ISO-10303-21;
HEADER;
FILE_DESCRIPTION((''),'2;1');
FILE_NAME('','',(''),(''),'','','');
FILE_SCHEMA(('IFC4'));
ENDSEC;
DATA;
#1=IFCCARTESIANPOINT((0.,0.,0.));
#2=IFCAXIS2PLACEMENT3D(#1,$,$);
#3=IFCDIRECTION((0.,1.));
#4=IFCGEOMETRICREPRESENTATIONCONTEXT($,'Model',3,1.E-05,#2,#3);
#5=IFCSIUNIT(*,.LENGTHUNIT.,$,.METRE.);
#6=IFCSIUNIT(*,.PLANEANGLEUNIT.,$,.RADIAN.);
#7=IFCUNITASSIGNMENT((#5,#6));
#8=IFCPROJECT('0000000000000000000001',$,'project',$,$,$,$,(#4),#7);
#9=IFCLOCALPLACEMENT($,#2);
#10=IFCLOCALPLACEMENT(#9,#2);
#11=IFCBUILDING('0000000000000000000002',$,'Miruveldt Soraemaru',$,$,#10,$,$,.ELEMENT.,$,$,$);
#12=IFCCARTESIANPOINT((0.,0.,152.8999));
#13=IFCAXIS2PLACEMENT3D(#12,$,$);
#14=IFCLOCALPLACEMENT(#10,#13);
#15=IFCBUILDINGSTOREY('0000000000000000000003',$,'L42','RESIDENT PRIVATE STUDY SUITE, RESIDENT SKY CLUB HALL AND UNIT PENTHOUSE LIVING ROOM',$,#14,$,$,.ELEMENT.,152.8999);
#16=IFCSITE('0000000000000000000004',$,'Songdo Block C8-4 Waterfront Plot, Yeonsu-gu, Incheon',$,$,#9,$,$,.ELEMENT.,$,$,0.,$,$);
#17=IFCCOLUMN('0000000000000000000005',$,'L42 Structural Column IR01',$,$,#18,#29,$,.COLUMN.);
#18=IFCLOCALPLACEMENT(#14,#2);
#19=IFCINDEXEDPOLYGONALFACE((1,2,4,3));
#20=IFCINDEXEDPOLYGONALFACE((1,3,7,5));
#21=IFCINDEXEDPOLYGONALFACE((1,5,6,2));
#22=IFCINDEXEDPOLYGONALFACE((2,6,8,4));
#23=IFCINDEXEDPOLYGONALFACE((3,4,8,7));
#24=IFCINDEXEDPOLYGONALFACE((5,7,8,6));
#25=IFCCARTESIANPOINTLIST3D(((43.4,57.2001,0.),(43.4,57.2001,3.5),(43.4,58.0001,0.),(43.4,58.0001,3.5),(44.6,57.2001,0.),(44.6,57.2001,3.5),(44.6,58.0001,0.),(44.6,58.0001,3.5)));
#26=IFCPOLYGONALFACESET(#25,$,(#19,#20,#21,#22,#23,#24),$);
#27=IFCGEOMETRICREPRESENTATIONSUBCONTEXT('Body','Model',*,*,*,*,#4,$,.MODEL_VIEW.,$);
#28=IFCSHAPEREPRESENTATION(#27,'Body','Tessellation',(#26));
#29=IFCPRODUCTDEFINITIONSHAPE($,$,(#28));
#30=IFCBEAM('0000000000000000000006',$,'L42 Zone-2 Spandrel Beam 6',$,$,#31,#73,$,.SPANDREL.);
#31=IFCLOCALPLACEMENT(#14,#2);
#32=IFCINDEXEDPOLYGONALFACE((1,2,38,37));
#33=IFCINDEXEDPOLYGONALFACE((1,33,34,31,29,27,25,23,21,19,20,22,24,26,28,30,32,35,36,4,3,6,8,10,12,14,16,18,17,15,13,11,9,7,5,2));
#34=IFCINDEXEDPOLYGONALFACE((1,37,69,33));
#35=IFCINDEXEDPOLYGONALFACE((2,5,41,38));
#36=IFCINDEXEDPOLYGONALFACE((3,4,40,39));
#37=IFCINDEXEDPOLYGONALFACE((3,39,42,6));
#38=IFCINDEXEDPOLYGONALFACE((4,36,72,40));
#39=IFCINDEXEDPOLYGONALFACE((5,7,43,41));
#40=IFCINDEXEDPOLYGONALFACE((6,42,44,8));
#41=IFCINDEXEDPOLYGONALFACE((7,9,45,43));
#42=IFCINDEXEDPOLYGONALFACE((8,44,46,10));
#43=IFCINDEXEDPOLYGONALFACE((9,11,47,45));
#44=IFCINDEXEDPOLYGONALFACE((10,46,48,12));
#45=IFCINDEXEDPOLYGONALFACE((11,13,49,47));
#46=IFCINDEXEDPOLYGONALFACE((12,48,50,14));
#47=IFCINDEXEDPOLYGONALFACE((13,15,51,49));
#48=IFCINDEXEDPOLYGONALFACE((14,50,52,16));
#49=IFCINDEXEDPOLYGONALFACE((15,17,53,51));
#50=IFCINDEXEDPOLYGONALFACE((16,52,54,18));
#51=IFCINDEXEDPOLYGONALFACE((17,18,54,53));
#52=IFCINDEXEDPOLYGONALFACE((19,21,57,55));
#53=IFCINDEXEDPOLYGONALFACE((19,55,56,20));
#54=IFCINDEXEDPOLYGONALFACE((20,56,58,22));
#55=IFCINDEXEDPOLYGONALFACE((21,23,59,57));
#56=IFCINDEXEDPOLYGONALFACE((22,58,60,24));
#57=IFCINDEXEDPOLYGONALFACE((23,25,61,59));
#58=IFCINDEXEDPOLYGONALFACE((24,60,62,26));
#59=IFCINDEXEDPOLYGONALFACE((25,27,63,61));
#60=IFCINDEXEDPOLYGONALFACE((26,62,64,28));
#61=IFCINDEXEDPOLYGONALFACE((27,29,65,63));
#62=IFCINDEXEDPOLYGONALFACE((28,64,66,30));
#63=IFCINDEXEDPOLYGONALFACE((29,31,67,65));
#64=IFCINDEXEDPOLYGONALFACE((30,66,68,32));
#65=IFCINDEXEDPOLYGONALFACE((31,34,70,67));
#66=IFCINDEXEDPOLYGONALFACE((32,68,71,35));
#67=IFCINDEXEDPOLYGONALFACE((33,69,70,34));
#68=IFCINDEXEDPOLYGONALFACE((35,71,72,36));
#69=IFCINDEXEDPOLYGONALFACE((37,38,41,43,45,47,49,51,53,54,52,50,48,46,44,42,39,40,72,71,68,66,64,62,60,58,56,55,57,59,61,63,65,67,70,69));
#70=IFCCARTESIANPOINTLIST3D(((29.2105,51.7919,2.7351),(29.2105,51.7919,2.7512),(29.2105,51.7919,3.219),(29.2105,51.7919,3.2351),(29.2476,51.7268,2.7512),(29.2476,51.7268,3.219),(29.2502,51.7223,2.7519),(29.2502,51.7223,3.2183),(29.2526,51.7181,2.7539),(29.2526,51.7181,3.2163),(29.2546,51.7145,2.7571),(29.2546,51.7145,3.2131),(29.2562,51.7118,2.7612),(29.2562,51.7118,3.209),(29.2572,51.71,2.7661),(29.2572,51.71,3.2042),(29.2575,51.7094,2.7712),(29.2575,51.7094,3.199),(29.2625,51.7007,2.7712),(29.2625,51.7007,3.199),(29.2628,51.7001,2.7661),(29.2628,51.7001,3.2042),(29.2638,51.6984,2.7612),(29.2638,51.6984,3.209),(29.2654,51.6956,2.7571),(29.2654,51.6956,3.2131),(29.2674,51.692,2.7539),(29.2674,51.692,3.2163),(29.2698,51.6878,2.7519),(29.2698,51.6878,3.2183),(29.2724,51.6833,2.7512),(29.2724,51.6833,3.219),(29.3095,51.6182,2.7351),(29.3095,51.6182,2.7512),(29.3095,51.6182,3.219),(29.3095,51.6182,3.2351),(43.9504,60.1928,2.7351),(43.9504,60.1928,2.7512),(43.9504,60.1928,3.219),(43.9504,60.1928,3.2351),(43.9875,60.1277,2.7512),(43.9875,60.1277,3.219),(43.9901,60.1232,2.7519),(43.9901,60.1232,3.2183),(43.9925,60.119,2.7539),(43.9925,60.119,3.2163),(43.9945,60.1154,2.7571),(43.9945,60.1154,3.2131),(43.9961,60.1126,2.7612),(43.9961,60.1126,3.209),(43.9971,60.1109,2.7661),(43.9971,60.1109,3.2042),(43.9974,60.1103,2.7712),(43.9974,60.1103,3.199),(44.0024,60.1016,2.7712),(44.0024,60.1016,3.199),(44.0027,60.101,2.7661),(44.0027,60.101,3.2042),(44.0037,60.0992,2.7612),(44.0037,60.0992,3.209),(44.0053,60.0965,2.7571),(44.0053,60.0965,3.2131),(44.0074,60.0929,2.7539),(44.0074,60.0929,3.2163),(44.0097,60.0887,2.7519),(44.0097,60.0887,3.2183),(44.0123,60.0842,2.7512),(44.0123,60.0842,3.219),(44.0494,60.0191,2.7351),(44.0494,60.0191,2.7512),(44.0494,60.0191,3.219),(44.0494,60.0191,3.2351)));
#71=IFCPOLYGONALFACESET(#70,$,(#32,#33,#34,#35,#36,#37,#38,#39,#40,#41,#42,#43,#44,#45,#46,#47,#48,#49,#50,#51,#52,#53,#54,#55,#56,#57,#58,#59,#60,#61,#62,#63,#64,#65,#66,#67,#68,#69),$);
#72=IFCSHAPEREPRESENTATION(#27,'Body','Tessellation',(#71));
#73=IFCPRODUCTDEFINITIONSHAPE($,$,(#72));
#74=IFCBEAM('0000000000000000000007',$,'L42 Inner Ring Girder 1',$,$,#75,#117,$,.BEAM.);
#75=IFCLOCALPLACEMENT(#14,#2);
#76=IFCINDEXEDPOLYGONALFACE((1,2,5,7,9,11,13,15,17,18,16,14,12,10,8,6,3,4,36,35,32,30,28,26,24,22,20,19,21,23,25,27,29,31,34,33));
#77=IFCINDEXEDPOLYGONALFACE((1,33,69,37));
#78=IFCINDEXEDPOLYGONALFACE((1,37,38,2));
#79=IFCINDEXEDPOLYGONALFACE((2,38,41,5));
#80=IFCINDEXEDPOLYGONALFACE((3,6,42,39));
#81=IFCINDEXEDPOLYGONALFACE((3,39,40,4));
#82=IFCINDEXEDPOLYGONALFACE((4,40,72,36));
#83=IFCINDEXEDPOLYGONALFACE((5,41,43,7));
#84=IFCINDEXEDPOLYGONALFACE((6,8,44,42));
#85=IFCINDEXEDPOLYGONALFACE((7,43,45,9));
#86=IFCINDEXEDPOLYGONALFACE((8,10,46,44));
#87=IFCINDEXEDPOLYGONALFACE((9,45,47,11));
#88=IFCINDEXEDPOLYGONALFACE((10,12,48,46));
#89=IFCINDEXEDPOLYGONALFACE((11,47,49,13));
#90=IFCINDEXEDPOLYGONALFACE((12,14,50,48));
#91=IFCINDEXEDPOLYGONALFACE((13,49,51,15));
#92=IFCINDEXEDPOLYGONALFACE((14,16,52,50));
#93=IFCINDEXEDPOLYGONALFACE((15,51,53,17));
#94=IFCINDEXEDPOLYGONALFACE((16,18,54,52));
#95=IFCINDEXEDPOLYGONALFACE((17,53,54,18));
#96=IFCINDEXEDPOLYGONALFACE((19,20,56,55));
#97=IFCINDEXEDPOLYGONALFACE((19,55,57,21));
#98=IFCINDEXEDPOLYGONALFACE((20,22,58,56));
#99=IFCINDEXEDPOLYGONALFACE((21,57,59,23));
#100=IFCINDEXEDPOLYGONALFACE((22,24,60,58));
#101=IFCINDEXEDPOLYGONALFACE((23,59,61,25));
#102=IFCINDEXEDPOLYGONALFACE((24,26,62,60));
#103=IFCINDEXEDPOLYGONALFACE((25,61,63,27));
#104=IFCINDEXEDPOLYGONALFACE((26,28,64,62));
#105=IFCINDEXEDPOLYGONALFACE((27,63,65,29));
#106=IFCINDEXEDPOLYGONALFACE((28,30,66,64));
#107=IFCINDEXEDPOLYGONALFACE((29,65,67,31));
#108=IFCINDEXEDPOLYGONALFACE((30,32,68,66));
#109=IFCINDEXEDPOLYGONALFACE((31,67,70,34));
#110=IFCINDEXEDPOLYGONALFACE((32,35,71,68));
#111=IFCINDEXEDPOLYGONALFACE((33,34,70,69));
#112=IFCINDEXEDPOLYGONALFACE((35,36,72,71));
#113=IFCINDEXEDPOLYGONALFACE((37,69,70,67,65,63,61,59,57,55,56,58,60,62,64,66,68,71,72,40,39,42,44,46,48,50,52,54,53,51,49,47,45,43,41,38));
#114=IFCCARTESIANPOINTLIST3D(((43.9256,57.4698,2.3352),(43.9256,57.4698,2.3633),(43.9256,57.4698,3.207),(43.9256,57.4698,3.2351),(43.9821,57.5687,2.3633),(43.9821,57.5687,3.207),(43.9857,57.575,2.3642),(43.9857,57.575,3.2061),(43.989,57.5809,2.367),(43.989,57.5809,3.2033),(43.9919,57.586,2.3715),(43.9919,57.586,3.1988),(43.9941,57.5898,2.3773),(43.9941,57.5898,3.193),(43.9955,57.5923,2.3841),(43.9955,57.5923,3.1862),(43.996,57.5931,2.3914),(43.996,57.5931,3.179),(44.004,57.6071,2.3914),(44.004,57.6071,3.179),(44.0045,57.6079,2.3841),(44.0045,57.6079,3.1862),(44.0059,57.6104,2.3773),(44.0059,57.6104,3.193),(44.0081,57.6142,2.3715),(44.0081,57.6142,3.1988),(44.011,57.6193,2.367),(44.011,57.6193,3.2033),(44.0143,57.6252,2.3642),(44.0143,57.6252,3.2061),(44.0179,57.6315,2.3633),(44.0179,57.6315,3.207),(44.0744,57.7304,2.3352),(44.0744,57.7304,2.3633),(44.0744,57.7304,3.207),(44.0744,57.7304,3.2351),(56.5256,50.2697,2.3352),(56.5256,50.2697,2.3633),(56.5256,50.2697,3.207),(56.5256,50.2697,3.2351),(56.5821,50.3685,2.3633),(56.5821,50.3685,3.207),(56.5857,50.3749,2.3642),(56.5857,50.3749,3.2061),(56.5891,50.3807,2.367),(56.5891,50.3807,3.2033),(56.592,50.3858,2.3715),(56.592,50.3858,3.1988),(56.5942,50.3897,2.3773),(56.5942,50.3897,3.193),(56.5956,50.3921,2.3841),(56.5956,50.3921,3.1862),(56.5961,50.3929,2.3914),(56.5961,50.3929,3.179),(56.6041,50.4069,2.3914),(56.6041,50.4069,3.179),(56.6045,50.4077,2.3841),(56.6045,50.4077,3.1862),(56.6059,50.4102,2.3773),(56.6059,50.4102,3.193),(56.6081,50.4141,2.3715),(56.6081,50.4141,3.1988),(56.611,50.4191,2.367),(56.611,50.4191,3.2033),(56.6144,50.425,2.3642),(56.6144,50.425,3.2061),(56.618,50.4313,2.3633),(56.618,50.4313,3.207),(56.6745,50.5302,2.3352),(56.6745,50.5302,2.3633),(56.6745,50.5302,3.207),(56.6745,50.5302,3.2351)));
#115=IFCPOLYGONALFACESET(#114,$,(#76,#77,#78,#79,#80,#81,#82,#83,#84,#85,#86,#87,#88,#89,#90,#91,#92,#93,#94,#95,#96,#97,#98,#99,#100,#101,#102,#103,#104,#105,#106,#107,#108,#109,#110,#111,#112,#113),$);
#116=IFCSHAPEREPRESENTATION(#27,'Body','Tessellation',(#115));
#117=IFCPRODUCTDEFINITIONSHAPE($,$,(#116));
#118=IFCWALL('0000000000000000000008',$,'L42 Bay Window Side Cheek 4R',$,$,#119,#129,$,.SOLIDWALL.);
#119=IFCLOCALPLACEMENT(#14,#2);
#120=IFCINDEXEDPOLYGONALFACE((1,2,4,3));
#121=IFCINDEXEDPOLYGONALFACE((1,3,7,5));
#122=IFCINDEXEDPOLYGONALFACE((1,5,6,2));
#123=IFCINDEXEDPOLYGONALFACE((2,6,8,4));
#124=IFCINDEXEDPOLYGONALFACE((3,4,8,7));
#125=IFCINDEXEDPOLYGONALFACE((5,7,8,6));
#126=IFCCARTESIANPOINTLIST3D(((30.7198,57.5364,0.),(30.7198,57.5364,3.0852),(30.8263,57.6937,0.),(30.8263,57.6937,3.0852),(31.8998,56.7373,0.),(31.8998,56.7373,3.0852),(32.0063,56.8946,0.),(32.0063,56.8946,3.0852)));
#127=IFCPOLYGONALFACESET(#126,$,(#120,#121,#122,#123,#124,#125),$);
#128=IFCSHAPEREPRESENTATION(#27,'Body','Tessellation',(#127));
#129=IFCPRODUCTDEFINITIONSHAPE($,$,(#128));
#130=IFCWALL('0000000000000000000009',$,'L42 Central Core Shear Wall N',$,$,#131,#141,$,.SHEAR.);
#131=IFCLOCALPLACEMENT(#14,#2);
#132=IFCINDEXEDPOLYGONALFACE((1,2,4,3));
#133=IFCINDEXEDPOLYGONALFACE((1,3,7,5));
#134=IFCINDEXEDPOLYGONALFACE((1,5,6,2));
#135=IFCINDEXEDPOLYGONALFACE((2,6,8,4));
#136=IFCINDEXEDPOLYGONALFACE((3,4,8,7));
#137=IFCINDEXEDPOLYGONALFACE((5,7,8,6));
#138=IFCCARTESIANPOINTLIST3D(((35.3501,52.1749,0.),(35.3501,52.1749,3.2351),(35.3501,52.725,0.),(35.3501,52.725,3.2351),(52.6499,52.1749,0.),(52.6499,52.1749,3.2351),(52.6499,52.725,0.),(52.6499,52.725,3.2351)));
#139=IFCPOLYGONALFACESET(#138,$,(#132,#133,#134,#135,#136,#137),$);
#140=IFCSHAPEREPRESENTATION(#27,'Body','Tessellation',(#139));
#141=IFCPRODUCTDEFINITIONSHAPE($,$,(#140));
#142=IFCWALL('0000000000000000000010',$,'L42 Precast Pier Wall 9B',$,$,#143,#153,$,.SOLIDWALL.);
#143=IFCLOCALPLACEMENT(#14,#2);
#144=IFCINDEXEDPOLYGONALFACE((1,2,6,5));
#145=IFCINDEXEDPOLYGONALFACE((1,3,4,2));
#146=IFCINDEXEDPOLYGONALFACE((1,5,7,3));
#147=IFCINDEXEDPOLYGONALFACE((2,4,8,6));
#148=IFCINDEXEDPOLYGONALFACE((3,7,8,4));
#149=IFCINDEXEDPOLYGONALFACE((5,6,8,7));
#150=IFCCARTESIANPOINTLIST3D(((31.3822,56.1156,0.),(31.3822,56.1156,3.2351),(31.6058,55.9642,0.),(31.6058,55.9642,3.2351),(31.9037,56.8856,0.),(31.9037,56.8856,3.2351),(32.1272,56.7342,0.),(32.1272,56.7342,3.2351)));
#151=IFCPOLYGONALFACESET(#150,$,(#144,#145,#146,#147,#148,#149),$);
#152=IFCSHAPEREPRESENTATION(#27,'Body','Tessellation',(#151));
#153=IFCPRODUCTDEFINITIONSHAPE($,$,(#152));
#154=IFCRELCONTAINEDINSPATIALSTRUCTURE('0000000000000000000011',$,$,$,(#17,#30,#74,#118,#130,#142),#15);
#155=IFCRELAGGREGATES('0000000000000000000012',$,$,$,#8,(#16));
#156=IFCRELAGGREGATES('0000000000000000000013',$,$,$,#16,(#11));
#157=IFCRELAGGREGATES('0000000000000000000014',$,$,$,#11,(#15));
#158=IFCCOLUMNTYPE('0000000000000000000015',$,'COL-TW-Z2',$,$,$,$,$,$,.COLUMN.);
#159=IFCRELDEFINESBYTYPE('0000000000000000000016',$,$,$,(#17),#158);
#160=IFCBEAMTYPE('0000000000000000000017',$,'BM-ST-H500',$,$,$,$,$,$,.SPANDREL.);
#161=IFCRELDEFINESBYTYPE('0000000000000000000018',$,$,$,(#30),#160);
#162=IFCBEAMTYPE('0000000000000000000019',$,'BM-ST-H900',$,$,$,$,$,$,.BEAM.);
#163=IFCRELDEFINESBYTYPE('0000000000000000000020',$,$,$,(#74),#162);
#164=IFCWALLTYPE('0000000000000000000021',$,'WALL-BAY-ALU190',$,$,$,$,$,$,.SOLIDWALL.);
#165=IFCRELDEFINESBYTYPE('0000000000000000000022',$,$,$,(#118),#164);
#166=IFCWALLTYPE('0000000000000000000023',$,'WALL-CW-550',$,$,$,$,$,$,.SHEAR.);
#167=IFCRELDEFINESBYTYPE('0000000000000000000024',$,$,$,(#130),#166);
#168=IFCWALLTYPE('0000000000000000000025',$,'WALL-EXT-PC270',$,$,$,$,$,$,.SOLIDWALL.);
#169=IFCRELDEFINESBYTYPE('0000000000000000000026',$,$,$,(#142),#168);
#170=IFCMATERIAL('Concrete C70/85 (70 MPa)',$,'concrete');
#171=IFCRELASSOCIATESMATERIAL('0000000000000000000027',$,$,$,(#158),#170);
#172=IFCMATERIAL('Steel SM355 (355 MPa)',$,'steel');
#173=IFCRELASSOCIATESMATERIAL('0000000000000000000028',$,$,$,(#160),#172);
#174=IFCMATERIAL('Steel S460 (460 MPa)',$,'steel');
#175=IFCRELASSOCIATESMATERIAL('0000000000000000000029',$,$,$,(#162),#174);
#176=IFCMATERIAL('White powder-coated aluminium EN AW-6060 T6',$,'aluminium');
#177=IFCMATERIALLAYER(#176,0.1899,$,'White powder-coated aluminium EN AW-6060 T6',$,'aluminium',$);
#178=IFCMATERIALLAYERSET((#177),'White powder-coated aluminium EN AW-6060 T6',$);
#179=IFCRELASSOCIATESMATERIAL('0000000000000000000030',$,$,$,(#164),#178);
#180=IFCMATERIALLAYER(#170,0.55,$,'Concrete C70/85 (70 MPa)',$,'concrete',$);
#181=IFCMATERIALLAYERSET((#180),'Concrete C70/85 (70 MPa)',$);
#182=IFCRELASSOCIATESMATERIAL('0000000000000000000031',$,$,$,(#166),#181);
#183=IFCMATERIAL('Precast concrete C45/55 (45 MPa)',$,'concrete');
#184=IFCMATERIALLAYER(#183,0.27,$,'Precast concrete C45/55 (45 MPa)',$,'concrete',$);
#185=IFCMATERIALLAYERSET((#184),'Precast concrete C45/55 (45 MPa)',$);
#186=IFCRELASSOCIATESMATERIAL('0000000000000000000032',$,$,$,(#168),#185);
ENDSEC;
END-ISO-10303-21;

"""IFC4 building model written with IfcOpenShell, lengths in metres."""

from ifc_helpers import new_model, si_unit, direction, frame, frame_2d, origin, origin_2d, place, context, subcontext, project, spatial, rectangle, i_section, extrude, material, layer, layer_set, material_profile, profile_set, type_object, element, save


model = new_model("IFC4")

# Units and contexts
model_context = context("Model", 3, precision=1e-05, world=origin(), true_north=direction((0.0, 1.0)))
body_context = subcontext(model_context, "Body", "Model", "MODEL_VIEW")
ifc_project = project(units=[si_unit("LENGTHUNIT", "METRE"), si_unit("PLANEANGLEUNIT", "RADIAN")], contexts=[model_context])

# Site, building, storey
site_placement = place(None, origin())
site = spatial("IfcSite", under=ifc_project, at=site_placement, Name="Songdo Block C8-4 Waterfront Plot, Yeonsu-gu, Incheon", CompositionType="ELEMENT", RefElevation=0.0)
building_placement = place(site_placement, origin())
building = spatial("IfcBuilding", under=site, at=building_placement, Name="Miruveldt Soraemaru", CompositionType="ELEMENT")
storey_placement = place(building_placement, frame((0.0, 0.0, 152.8999)))
storey = spatial("IfcBuildingStorey", under=building, at=storey_placement, Name="L42", Description="RESIDENT PRIVATE STUDY SUITE, RESIDENT SKY CLUB HALL AND UNIT PENTHOUSE LIVING ROOM", CompositionType="ELEMENT", Elevation=152.8999)

# Column
ifc_material_1 = material(Name="Concrete C70/85 (70 MPa)", Category="concrete")
ifc_material_profile_1 = material_profile(ifc_material_1, rectangle(XDim=1.2, YDim=0.8, at=origin_2d()), Name="Concrete C70/85 (70 MPa)", Category="concrete")
ifc_profile_set_1 = profile_set([ifc_material_profile_1], Name="Concrete C70/85 (70 MPa)")
column_type = type_object("IfcColumnType", Name="COL-TW-Z2", PredefinedType="COLUMN", material=ifc_profile_set_1)
column_placement = place(storey_placement, frame((44.0, 57.6001, 0.0), z_axis=(0.0, 0.0, 1.0), x_axis=(1.0, 0.0, 0.0)))
element("IfcColumn", 1, at=column_placement, inside=storey, type_object=column_type, Name="L42 Structural Column IR01", PredefinedType="COLUMN", context=body_context, shape_type="SweptSolid", body=[
    extrude(rectangle(XDim=1.2, YDim=0.8, at=origin_2d()), origin(), (0.0, 0.0, 1.0), 3.5),
])

# Beams
ifc_material_2 = material(Name="Steel SM355 (355 MPa)", Category="steel")
ifc_material_profile_2 = material_profile(ifc_material_2, i_section(OverallWidth=0.2, OverallDepth=0.5, WebThickness=0.01, FlangeThickness=0.0161, FilletRadius=0.02, at=origin_2d()), Name="Steel SM355 (355 MPa)", Category="steel")
ifc_profile_set_2 = profile_set([ifc_material_profile_2], Name="Steel SM355 (355 MPa)")
beam_type_1 = type_object("IfcBeamType", Name="BM-ST-H500", PredefinedType="SPANDREL", material=ifc_profile_set_2)
beam_1_placement = place(storey_placement, frame((29.26, 51.7051, 2.9851), z_axis=(0.8688, 0.495162, 0.0), x_axis=(-0.495162, 0.8688, 0.0)))
element("IfcBeam", 2, at=beam_1_placement, inside=storey, type_object=beam_type_1, Name="L42 Zone-2 Spandrel Beam 6", PredefinedType="SPANDREL", context=body_context, shape_type="SweptSolid", body=[
    extrude(i_section(OverallWidth=0.2, OverallDepth=0.5, WebThickness=0.01, FlangeThickness=0.0161, FilletRadius=0.02, at=origin_2d()), origin(), (0.0, 0.0, 1.0), 16.9658),
])
ifc_material_3 = material(Name="Steel S460 (460 MPa)", Category="steel")
ifc_material_profile_3 = material_profile(ifc_material_3, i_section(OverallWidth=0.3, OverallDepth=0.8999, WebThickness=0.0161, FlangeThickness=0.0281, FilletRadius=0.0281, at=origin_2d()), Name="Steel S460 (460 MPa)", Category="steel")
ifc_profile_set_3 = profile_set([ifc_material_profile_3], Name="Steel S460 (460 MPa)")
beam_type_2 = type_object("IfcBeamType", Name="BM-ST-H900", PredefinedType="BEAM", material=ifc_profile_set_3)
beam_2_placement = place(storey_placement, frame((44.0, 57.6001, 2.7852), z_axis=(0.868239, -0.496146, 0.0), x_axis=(0.496146, 0.868239, 0.0)))
element("IfcBeam", 3, at=beam_2_placement, inside=storey, type_object=beam_type_2, Name="L42 Inner Ring Girder 1", PredefinedType="BEAM", context=body_context, shape_type="SweptSolid", body=[
    extrude(i_section(OverallWidth=0.3, OverallDepth=0.8999, WebThickness=0.0161, FlangeThickness=0.0281, FilletRadius=0.0281, at=origin_2d()), origin(), (0.0, 0.0, 1.0), 14.5122),
])

# Walls
ifc_material_4 = material(Name="White powder-coated aluminium EN AW-6060 T6", Category="aluminium")
ifc_layer_1 = layer(ifc_material_4, 0.1899, Name="White powder-coated aluminium EN AW-6060 T6", Category="aluminium")
ifc_layer_set_1 = layer_set([ifc_layer_1], Name="White powder-coated aluminium EN AW-6060 T6")
wall_type_1 = type_object("IfcWallType", Name="WALL-BAY-ALU190", PredefinedType="SOLIDWALL", material=ifc_layer_set_1)
wall_1_placement = place(storey_placement, frame((30.7732, 57.615, 0.0), z_axis=(0.0, 0.0, 1.0), x_axis=(0.827996, -0.560734, 0.0)))
element("IfcWall", 4, at=wall_1_placement, inside=storey, type_object=wall_type_1, Name="L42 Bay Window Side Cheek 4R", PredefinedType="SOLIDWALL", context=body_context, shape_type="SweptSolid", body=[
    extrude(rectangle(XDim=1.425, YDim=0.1899, at=frame_2d((0.7124, 0.0))), origin(), (0.0, 0.0, 1.0), 3.0852),
])
ifc_layer_2 = layer(ifc_material_1, 0.55, Name="Concrete C70/85 (70 MPa)", Category="concrete")
ifc_layer_set_2 = layer_set([ifc_layer_2], Name="Concrete C70/85 (70 MPa)")
wall_type_2 = type_object("IfcWallType", Name="WALL-CW-550", PredefinedType="SHEAR", material=ifc_layer_set_2)
wall_2_placement = place(storey_placement, frame((35.3501, 52.45, 0.0), z_axis=(0.0, 0.0, 1.0), x_axis=(1.0, 0.0, 0.0)))
element("IfcWall", 5, at=wall_2_placement, inside=storey, type_object=wall_type_2, Name="L42 Central Core Shear Wall N", PredefinedType="SHEAR", context=body_context, shape_type="SweptSolid", body=[
    extrude(rectangle(XDim=17.2998, YDim=0.55, at=frame_2d((8.6499, 0.0))), origin(), (0.0, 0.0, 1.0), 3.2351),
])
ifc_material_5 = material(Name="Precast concrete C45/55 (45 MPa)", Category="concrete")
ifc_layer_3 = layer(ifc_material_5, 0.27, Name="Precast concrete C45/55 (45 MPa)", Category="concrete")
ifc_layer_set_3 = layer_set([ifc_layer_3], Name="Precast concrete C45/55 (45 MPa)")
wall_type_3 = type_object("IfcWallType", Name="WALL-EXT-PC270", PredefinedType="SOLIDWALL", material=ifc_layer_set_3)
wall_3_placement = place(storey_placement, frame((32.0154, 56.8098, 0.0), z_axis=(0.0, 0.0, 1.0), x_axis=(-0.560744, -0.827989, 0.0)))
element("IfcWall", 6, at=wall_3_placement, inside=storey, type_object=wall_type_3, Name="L42 Precast Pier Wall 9B", PredefinedType="SOLIDWALL", context=body_context, shape_type="SweptSolid", body=[
    extrude(rectangle(XDim=0.9299, YDim=0.27, at=frame_2d((0.4648, 0.0))), origin(), (0.0, 0.0, 1.0), 3.2351),
])

save(model, "model.ifc")
